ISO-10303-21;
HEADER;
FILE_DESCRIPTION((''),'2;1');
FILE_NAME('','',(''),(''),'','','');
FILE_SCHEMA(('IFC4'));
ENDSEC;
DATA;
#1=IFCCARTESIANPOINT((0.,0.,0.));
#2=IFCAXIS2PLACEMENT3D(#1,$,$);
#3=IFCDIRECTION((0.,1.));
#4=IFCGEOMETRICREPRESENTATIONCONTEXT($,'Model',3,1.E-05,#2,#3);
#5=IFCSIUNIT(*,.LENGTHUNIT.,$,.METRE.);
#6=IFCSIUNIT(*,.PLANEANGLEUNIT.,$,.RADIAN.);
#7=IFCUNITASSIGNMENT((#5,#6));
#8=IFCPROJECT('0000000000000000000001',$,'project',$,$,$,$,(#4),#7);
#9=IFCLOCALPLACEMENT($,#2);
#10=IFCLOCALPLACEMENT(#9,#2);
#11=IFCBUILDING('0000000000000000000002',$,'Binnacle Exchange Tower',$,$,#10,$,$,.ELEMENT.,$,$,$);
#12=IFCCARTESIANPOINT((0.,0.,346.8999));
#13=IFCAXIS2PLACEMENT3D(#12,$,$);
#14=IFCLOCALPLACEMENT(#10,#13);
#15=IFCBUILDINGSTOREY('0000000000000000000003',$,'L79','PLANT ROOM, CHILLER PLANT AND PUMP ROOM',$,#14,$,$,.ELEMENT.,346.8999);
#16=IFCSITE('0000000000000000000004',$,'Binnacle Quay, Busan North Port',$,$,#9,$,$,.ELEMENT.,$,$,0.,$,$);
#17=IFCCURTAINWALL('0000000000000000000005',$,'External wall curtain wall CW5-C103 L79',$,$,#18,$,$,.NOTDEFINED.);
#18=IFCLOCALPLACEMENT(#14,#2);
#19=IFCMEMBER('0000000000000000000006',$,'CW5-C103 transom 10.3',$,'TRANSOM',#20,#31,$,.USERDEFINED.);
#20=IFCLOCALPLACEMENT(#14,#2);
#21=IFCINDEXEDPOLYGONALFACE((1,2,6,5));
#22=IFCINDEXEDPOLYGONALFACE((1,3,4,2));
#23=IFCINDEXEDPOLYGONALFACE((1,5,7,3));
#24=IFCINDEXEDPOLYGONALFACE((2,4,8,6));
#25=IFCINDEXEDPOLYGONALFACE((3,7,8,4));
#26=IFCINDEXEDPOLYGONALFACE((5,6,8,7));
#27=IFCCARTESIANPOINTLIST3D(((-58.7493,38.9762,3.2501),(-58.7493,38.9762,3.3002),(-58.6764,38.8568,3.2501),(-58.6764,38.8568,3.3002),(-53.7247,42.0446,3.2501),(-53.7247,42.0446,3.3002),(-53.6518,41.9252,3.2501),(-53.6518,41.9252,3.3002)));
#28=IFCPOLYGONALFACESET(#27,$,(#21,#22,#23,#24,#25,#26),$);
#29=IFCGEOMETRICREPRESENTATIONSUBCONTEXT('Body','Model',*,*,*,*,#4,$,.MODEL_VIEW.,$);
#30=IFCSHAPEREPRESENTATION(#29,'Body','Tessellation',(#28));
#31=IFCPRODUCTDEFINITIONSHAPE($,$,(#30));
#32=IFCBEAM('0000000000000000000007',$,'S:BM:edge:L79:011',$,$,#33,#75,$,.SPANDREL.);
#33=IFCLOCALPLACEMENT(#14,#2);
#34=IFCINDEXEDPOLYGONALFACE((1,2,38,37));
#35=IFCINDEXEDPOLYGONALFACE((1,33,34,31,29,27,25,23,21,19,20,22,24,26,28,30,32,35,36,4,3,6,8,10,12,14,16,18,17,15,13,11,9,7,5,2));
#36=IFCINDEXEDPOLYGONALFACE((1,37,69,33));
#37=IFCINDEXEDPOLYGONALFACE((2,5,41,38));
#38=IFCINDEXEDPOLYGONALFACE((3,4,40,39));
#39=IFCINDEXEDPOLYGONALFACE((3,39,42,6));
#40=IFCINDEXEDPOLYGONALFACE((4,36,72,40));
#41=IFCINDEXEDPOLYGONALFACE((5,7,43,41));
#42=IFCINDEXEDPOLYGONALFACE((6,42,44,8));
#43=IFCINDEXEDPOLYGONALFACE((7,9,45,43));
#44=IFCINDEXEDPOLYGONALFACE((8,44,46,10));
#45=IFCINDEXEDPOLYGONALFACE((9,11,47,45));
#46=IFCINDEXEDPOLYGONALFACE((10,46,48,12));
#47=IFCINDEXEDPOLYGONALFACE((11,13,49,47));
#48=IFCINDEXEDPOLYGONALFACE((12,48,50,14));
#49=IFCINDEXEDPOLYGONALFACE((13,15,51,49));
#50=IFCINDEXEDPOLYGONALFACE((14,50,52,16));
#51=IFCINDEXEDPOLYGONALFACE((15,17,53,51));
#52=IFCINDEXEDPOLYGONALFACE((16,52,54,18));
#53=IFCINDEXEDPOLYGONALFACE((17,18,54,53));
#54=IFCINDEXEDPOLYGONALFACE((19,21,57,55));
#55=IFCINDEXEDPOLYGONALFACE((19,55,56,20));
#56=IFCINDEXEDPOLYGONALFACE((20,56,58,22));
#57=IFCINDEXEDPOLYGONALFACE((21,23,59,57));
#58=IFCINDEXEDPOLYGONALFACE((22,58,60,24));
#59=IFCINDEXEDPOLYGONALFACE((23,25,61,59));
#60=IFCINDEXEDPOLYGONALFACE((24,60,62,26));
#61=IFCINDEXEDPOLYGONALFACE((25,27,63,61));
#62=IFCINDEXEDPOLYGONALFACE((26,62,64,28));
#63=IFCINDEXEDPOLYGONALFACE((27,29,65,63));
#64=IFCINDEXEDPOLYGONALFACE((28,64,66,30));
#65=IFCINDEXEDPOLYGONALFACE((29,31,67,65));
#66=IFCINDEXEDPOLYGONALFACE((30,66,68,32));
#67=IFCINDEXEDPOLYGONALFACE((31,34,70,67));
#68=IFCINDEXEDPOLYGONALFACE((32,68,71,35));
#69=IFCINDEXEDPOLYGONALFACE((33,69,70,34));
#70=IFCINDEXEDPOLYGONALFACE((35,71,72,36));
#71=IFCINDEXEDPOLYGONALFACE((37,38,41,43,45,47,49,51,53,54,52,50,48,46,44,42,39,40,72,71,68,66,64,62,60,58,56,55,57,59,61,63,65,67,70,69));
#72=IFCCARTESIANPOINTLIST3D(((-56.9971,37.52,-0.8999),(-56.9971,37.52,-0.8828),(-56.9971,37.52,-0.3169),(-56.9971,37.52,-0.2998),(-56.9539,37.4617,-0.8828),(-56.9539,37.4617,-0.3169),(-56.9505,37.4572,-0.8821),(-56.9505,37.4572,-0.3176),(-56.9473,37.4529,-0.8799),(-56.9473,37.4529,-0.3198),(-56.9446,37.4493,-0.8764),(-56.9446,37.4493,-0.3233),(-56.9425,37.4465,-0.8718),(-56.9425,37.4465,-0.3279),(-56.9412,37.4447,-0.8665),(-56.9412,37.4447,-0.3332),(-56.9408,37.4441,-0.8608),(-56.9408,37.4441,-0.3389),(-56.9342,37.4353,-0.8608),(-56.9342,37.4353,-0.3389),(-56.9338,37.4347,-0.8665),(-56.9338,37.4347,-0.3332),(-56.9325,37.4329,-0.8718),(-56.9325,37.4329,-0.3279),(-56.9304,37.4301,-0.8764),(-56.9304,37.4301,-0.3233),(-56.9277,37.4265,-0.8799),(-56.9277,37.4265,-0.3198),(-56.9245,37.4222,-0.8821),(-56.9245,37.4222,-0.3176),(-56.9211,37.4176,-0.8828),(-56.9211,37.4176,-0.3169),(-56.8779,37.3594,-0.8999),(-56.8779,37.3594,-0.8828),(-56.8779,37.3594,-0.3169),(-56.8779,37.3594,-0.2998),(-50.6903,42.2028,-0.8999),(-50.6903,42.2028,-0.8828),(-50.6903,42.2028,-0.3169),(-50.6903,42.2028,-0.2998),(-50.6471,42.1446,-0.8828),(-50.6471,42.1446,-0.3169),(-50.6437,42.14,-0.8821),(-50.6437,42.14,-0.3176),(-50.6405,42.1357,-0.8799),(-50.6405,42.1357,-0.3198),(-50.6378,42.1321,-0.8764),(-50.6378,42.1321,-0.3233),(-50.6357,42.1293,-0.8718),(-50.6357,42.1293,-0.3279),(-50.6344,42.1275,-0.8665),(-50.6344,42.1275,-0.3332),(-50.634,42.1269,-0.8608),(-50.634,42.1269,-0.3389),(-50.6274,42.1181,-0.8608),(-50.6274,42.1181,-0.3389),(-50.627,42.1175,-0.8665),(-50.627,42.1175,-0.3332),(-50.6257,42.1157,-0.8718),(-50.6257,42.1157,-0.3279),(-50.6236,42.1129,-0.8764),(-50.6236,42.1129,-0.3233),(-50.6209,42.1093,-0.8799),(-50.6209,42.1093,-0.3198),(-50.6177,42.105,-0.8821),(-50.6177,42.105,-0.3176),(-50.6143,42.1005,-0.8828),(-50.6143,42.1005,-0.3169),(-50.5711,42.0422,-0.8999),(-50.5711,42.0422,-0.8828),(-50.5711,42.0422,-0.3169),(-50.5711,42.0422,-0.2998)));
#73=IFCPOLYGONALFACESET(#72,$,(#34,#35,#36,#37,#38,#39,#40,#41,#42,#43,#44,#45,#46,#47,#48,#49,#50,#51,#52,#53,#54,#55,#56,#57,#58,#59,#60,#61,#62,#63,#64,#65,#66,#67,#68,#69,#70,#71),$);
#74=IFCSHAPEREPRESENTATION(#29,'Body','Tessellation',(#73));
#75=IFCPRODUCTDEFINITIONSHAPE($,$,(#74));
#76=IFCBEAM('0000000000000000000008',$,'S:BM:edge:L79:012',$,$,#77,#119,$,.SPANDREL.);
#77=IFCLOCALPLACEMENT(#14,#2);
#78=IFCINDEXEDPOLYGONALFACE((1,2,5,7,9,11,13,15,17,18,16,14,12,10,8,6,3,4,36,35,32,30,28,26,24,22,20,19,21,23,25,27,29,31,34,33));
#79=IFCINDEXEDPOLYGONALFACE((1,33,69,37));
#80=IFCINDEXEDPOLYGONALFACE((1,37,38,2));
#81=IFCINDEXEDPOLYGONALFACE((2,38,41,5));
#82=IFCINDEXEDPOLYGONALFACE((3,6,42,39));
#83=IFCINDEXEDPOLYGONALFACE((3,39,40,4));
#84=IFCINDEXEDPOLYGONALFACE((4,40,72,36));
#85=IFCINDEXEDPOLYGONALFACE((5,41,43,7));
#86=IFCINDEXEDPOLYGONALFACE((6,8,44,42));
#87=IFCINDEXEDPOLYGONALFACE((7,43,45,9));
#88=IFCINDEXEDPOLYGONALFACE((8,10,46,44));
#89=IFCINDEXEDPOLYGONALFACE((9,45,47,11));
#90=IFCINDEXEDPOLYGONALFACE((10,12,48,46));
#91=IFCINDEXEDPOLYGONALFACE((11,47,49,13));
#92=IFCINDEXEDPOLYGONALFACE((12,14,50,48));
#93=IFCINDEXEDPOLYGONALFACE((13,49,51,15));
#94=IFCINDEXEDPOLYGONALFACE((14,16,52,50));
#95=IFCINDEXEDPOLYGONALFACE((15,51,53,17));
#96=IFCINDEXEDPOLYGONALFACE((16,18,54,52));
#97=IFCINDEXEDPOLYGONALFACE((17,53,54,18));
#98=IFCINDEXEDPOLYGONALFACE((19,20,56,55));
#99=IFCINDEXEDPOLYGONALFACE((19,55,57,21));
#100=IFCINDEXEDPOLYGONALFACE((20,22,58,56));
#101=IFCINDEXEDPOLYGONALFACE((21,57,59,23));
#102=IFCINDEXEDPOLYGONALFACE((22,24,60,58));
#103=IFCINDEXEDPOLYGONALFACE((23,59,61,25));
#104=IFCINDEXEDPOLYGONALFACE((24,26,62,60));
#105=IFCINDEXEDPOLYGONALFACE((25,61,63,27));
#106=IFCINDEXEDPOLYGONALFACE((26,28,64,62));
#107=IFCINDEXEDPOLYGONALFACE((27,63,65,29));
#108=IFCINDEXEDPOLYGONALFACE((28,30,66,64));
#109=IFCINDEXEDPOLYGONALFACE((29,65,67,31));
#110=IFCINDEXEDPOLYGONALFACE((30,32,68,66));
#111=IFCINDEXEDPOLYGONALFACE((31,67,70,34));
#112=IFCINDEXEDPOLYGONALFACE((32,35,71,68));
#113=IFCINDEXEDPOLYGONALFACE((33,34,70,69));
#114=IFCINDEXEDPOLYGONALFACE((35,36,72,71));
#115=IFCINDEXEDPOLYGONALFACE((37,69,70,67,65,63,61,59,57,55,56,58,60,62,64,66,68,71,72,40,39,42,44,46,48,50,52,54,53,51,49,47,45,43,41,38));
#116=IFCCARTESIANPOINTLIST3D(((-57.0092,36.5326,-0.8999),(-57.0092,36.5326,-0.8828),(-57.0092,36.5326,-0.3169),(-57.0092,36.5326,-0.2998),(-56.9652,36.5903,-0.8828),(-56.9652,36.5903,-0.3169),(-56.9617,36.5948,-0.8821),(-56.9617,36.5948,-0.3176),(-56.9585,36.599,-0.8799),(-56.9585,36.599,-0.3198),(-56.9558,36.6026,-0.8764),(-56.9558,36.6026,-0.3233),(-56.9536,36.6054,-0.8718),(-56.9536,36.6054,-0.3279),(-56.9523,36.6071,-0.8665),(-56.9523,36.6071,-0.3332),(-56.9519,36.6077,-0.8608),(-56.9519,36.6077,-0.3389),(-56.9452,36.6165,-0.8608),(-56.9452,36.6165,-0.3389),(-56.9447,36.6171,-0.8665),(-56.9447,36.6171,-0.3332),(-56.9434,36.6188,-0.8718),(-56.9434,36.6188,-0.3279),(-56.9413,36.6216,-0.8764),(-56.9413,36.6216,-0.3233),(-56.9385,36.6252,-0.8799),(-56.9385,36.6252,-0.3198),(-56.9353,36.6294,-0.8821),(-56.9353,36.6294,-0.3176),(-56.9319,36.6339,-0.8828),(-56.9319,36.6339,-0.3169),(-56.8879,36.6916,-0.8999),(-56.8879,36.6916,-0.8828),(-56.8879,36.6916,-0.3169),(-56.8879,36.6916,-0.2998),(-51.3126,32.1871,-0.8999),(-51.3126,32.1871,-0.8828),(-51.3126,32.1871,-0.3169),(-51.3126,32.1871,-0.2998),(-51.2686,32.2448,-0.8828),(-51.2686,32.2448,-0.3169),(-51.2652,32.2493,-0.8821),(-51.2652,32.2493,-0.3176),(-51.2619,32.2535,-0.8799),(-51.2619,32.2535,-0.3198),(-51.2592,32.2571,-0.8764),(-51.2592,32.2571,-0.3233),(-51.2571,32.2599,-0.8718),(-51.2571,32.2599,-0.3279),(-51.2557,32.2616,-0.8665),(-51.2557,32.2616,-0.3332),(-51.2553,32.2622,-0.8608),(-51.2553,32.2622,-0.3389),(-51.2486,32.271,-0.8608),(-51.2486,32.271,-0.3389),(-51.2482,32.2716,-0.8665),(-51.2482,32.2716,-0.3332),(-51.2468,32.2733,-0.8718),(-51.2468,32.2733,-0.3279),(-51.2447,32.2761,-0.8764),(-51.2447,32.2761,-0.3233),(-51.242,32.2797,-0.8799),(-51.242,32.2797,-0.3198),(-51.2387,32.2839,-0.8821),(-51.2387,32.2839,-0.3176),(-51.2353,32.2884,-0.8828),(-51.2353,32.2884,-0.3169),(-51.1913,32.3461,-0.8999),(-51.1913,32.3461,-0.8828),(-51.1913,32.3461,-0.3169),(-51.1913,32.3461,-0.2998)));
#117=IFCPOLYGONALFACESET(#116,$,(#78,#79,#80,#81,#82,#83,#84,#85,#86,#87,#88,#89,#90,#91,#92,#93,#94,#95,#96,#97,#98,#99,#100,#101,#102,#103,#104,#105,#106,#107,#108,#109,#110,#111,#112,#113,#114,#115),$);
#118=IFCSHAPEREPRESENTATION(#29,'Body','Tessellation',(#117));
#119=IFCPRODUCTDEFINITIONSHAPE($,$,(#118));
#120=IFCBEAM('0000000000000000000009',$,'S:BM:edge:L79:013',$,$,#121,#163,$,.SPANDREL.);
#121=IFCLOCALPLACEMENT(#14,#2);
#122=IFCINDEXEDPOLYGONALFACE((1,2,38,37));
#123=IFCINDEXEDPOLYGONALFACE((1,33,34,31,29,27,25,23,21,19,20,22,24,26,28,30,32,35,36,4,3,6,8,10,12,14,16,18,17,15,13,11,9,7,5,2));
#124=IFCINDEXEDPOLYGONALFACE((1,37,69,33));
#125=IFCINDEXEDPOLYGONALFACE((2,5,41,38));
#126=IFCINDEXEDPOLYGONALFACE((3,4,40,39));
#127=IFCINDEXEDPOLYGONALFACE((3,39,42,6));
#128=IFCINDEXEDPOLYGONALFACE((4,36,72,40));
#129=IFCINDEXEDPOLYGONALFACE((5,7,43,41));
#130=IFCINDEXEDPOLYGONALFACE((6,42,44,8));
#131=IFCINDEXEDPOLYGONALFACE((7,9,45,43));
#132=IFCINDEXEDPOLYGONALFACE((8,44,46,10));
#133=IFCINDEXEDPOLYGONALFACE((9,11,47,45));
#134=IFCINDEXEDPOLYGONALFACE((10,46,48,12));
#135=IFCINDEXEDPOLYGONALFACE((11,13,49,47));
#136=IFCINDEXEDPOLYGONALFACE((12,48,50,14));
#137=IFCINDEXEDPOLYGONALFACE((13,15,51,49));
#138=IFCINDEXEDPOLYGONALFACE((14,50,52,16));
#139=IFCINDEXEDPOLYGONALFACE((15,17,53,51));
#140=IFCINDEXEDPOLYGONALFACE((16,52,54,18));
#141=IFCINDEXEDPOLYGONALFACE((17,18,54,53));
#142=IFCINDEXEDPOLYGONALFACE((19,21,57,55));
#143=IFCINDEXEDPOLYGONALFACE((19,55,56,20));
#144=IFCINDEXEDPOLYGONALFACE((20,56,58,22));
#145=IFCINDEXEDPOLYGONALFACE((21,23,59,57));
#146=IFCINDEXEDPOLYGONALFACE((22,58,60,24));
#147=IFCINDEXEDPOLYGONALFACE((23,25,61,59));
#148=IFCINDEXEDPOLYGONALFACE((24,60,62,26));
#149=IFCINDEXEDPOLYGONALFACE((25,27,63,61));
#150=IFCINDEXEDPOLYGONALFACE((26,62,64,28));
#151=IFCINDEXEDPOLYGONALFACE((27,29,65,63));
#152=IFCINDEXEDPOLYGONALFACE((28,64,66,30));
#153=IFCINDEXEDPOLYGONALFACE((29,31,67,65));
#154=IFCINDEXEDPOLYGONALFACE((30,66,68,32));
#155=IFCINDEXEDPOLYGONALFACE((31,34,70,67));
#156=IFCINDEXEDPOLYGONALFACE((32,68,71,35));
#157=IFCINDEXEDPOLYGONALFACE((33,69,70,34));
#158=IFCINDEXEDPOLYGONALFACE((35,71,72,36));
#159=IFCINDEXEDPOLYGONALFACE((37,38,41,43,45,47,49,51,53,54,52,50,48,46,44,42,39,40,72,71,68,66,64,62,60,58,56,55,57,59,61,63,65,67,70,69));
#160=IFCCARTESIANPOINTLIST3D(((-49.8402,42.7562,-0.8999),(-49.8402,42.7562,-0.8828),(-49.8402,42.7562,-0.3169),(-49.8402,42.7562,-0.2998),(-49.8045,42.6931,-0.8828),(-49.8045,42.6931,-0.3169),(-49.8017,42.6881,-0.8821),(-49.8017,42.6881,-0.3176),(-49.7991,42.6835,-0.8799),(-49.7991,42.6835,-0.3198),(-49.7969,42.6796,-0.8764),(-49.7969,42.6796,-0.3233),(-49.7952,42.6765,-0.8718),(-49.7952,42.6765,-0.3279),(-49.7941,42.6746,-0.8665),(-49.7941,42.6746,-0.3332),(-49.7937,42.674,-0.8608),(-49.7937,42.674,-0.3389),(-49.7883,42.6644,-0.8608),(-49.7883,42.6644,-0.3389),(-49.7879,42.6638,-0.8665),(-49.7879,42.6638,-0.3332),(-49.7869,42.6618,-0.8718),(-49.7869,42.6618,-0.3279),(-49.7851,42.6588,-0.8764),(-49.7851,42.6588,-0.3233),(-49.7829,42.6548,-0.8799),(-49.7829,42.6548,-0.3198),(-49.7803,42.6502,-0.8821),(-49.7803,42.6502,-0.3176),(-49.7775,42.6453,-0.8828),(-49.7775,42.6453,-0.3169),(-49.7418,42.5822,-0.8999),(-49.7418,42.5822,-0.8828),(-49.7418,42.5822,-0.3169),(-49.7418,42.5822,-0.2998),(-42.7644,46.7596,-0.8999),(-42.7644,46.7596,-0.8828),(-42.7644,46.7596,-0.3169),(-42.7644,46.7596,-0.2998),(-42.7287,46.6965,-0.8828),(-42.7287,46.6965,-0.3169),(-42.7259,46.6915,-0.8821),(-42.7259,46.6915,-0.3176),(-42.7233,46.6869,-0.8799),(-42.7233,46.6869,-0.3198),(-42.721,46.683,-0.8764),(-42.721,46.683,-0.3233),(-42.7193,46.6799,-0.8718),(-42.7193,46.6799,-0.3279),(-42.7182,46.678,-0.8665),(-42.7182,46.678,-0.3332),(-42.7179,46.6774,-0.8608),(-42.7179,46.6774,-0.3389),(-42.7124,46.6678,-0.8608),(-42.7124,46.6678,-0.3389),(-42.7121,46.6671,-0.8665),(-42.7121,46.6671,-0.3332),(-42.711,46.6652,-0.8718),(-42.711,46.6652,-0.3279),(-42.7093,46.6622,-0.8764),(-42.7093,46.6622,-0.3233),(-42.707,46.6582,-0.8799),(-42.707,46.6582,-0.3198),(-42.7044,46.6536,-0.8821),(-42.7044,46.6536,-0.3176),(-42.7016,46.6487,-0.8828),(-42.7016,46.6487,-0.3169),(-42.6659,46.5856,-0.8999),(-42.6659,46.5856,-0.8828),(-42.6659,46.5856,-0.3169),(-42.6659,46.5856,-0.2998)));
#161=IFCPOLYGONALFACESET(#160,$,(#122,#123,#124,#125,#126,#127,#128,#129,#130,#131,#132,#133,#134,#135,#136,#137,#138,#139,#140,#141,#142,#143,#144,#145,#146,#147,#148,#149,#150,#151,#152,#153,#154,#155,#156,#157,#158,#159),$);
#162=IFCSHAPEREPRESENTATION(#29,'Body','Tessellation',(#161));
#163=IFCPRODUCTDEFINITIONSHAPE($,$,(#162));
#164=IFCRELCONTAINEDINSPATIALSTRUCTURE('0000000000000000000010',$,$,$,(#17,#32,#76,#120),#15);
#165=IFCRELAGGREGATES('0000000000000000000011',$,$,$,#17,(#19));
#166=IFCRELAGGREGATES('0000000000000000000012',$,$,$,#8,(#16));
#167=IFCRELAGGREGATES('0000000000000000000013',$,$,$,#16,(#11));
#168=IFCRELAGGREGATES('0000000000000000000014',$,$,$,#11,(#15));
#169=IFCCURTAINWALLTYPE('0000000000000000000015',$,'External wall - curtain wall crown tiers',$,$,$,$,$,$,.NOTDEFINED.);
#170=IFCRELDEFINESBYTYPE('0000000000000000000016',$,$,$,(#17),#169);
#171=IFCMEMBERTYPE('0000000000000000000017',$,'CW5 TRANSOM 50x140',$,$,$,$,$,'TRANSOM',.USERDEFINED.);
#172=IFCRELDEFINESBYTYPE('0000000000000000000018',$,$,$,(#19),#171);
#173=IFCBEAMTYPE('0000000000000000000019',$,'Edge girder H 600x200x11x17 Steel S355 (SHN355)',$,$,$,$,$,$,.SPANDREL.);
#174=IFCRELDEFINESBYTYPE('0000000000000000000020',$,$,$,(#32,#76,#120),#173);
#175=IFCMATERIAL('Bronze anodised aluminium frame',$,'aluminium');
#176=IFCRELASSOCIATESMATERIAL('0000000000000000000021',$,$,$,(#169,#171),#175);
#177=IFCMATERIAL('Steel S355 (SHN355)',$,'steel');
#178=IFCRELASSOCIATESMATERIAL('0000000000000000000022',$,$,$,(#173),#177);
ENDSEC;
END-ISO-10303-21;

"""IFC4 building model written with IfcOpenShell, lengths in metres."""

from ifc_helpers import new_model, si_unit, direction, frame, origin, origin_2d, place, context, subcontext, project, spatial, rectangle, i_section, extrude, material, material_profile, profile_set, type_object, element, aggregate, save


model = new_model("IFC4")

# Units and contexts
model_context = context("Model", 3, precision=1e-05, world=origin(), true_north=direction((0.0, 1.0)))
body_context = subcontext(model_context, "Body", "Model", "MODEL_VIEW")
ifc_project = project(units=[si_unit("LENGTHUNIT", "METRE"), si_unit("PLANEANGLEUNIT", "RADIAN")], contexts=[model_context])

# Site, building, storey
site_placement = place(None, origin())
site = spatial("IfcSite", under=ifc_project, at=site_placement, Name="Binnacle Quay, Busan North Port", CompositionType="ELEMENT", RefElevation=0.0)
building_placement = place(site_placement, origin())
building = spatial("IfcBuilding", under=site, at=building_placement, Name="Binnacle Exchange Tower", CompositionType="ELEMENT")
storey_placement = place(building_placement, frame((0.0, 0.0, 346.8999)))
storey = spatial("IfcBuildingStorey", under=building, at=storey_placement, Name="L79", Description="PLANT ROOM, CHILLER PLANT AND PUMP ROOM", CompositionType="ELEMENT", Elevation=346.8999)

# Shared definitions
ifc_material_1 = material(Name="Steel S355 (SHN355)", Category="steel")

# Curtain wall, member
ifc_material_2 = material(Name="Bronze anodised aluminium frame", Category="aluminium")
curtain_wall_type = type_object("IfcCurtainWallType", Name="External wall - curtain wall crown tiers", PredefinedType="NOTDEFINED", material=ifc_material_2)
curtain_wall_placement = place(storey_placement, origin())
curtain_wall = element("IfcCurtainWall", 1, at=curtain_wall_placement, inside=storey, type_object=curtain_wall_type, Name="External wall curtain wall CW5-C103 L79", PredefinedType="NOTDEFINED")
ifc_material_profile_1 = material_profile(ifc_material_2, rectangle(XDim=0.1399, YDim=0.05, at=origin_2d()), Name="AL 140x50")
ifc_profile_set_1 = profile_set([ifc_material_profile_1], Name="Bronze anodised aluminium frame")
member_type_1 = type_object("IfcMemberType", Name="CW5 TRANSOM 50x140", ElementType="TRANSOM", PredefinedType="USERDEFINED", material=ifc_profile_set_1)
member_1_placement = place(storey_placement, frame((-53.6882, 41.9849, 3.2751), z_axis=(-0.853453, -0.52117, 0.0), x_axis=(0.52117, -0.853453, 0.0)))
member_1 = element("IfcMember", 2, at=member_1_placement, type_object=member_type_1, Name="CW5-C103 transom 10.3", ObjectType="TRANSOM", PredefinedType="USERDEFINED", context=body_context, shape_type="SweptSolid", body=[
    extrude(rectangle(XDim=0.1399, YDim=0.05, at=origin_2d()), origin(), (0.0, 0.0, 1.0), 5.8875),
])

# Beams
ifc_material_profile_2 = material_profile(ifc_material_1, i_section(OverallWidth=0.2, OverallDepth=0.6001, WebThickness=0.011, FlangeThickness=0.0171, FilletRadius=0.022, at=origin_2d()), Name="H 600x200x11x17")
ifc_profile_set_2 = profile_set([ifc_material_profile_2], Name="Steel S355 (SHN355)")
beam_type_1 = type_object("IfcBeamType", Name="Edge girder H 600x200x11x17 Steel S355 (SHN355)", PredefinedType="SPANDREL", material=ifc_profile_set_2)
beam_1_placement = place(storey_placement, frame((-56.9375, 37.4397, -0.5999), z_axis=(0.802881, 0.596139, 0.0), x_axis=(-0.596139, 0.802881, 0.0)))
element("IfcBeam", 3, at=beam_1_placement, inside=storey, type_object=beam_type_1, Name="S:BM:edge:L79:011", PredefinedType="SPANDREL", context=body_context, shape_type="SweptSolid", body=[
    extrude(i_section(OverallWidth=0.2, OverallDepth=0.6001, WebThickness=0.011, FlangeThickness=0.0171, FilletRadius=0.022, at=origin_2d()), origin(), (0.0, 0.0, 1.0), 7.8552),
])
beam_2_placement = place(storey_placement, frame((-51.252, 32.2666, -0.5999), z_axis=(-0.795079, 0.606506, 0.0), x_axis=(-0.606506, -0.795079, 0.0)))
element("IfcBeam", 4, at=beam_2_placement, inside=storey, type_object=beam_type_1, Name="S:BM:edge:L79:012", PredefinedType="SPANDREL", context=body_context, shape_type="SweptSolid", body=[
    extrude(i_section(OverallWidth=0.2, OverallDepth=0.6001, WebThickness=0.011, FlangeThickness=0.0171, FilletRadius=0.022, at=origin_2d()), origin(), (0.0, 0.0, 1.0), 7.1648),
])
beam_3_placement = place(storey_placement, frame((-49.791, 42.6692, -0.5999), z_axis=(0.870353, 0.492428, 0.0), x_axis=(-0.492428, 0.870353, 0.0)))
element("IfcBeam", 5, at=beam_3_placement, inside=storey, type_object=beam_type_1, Name="S:BM:edge:L79:013", PredefinedType="SPANDREL", context=body_context, shape_type="SweptSolid", body=[
    extrude(i_section(OverallWidth=0.2, OverallDepth=0.6001, WebThickness=0.011, FlangeThickness=0.0171, FilletRadius=0.022, at=origin_2d()), origin(), (0.0, 0.0, 1.0), 8.1299),
])

aggregate(curtain_wall, [member_1])

save(model, "model.ifc")
